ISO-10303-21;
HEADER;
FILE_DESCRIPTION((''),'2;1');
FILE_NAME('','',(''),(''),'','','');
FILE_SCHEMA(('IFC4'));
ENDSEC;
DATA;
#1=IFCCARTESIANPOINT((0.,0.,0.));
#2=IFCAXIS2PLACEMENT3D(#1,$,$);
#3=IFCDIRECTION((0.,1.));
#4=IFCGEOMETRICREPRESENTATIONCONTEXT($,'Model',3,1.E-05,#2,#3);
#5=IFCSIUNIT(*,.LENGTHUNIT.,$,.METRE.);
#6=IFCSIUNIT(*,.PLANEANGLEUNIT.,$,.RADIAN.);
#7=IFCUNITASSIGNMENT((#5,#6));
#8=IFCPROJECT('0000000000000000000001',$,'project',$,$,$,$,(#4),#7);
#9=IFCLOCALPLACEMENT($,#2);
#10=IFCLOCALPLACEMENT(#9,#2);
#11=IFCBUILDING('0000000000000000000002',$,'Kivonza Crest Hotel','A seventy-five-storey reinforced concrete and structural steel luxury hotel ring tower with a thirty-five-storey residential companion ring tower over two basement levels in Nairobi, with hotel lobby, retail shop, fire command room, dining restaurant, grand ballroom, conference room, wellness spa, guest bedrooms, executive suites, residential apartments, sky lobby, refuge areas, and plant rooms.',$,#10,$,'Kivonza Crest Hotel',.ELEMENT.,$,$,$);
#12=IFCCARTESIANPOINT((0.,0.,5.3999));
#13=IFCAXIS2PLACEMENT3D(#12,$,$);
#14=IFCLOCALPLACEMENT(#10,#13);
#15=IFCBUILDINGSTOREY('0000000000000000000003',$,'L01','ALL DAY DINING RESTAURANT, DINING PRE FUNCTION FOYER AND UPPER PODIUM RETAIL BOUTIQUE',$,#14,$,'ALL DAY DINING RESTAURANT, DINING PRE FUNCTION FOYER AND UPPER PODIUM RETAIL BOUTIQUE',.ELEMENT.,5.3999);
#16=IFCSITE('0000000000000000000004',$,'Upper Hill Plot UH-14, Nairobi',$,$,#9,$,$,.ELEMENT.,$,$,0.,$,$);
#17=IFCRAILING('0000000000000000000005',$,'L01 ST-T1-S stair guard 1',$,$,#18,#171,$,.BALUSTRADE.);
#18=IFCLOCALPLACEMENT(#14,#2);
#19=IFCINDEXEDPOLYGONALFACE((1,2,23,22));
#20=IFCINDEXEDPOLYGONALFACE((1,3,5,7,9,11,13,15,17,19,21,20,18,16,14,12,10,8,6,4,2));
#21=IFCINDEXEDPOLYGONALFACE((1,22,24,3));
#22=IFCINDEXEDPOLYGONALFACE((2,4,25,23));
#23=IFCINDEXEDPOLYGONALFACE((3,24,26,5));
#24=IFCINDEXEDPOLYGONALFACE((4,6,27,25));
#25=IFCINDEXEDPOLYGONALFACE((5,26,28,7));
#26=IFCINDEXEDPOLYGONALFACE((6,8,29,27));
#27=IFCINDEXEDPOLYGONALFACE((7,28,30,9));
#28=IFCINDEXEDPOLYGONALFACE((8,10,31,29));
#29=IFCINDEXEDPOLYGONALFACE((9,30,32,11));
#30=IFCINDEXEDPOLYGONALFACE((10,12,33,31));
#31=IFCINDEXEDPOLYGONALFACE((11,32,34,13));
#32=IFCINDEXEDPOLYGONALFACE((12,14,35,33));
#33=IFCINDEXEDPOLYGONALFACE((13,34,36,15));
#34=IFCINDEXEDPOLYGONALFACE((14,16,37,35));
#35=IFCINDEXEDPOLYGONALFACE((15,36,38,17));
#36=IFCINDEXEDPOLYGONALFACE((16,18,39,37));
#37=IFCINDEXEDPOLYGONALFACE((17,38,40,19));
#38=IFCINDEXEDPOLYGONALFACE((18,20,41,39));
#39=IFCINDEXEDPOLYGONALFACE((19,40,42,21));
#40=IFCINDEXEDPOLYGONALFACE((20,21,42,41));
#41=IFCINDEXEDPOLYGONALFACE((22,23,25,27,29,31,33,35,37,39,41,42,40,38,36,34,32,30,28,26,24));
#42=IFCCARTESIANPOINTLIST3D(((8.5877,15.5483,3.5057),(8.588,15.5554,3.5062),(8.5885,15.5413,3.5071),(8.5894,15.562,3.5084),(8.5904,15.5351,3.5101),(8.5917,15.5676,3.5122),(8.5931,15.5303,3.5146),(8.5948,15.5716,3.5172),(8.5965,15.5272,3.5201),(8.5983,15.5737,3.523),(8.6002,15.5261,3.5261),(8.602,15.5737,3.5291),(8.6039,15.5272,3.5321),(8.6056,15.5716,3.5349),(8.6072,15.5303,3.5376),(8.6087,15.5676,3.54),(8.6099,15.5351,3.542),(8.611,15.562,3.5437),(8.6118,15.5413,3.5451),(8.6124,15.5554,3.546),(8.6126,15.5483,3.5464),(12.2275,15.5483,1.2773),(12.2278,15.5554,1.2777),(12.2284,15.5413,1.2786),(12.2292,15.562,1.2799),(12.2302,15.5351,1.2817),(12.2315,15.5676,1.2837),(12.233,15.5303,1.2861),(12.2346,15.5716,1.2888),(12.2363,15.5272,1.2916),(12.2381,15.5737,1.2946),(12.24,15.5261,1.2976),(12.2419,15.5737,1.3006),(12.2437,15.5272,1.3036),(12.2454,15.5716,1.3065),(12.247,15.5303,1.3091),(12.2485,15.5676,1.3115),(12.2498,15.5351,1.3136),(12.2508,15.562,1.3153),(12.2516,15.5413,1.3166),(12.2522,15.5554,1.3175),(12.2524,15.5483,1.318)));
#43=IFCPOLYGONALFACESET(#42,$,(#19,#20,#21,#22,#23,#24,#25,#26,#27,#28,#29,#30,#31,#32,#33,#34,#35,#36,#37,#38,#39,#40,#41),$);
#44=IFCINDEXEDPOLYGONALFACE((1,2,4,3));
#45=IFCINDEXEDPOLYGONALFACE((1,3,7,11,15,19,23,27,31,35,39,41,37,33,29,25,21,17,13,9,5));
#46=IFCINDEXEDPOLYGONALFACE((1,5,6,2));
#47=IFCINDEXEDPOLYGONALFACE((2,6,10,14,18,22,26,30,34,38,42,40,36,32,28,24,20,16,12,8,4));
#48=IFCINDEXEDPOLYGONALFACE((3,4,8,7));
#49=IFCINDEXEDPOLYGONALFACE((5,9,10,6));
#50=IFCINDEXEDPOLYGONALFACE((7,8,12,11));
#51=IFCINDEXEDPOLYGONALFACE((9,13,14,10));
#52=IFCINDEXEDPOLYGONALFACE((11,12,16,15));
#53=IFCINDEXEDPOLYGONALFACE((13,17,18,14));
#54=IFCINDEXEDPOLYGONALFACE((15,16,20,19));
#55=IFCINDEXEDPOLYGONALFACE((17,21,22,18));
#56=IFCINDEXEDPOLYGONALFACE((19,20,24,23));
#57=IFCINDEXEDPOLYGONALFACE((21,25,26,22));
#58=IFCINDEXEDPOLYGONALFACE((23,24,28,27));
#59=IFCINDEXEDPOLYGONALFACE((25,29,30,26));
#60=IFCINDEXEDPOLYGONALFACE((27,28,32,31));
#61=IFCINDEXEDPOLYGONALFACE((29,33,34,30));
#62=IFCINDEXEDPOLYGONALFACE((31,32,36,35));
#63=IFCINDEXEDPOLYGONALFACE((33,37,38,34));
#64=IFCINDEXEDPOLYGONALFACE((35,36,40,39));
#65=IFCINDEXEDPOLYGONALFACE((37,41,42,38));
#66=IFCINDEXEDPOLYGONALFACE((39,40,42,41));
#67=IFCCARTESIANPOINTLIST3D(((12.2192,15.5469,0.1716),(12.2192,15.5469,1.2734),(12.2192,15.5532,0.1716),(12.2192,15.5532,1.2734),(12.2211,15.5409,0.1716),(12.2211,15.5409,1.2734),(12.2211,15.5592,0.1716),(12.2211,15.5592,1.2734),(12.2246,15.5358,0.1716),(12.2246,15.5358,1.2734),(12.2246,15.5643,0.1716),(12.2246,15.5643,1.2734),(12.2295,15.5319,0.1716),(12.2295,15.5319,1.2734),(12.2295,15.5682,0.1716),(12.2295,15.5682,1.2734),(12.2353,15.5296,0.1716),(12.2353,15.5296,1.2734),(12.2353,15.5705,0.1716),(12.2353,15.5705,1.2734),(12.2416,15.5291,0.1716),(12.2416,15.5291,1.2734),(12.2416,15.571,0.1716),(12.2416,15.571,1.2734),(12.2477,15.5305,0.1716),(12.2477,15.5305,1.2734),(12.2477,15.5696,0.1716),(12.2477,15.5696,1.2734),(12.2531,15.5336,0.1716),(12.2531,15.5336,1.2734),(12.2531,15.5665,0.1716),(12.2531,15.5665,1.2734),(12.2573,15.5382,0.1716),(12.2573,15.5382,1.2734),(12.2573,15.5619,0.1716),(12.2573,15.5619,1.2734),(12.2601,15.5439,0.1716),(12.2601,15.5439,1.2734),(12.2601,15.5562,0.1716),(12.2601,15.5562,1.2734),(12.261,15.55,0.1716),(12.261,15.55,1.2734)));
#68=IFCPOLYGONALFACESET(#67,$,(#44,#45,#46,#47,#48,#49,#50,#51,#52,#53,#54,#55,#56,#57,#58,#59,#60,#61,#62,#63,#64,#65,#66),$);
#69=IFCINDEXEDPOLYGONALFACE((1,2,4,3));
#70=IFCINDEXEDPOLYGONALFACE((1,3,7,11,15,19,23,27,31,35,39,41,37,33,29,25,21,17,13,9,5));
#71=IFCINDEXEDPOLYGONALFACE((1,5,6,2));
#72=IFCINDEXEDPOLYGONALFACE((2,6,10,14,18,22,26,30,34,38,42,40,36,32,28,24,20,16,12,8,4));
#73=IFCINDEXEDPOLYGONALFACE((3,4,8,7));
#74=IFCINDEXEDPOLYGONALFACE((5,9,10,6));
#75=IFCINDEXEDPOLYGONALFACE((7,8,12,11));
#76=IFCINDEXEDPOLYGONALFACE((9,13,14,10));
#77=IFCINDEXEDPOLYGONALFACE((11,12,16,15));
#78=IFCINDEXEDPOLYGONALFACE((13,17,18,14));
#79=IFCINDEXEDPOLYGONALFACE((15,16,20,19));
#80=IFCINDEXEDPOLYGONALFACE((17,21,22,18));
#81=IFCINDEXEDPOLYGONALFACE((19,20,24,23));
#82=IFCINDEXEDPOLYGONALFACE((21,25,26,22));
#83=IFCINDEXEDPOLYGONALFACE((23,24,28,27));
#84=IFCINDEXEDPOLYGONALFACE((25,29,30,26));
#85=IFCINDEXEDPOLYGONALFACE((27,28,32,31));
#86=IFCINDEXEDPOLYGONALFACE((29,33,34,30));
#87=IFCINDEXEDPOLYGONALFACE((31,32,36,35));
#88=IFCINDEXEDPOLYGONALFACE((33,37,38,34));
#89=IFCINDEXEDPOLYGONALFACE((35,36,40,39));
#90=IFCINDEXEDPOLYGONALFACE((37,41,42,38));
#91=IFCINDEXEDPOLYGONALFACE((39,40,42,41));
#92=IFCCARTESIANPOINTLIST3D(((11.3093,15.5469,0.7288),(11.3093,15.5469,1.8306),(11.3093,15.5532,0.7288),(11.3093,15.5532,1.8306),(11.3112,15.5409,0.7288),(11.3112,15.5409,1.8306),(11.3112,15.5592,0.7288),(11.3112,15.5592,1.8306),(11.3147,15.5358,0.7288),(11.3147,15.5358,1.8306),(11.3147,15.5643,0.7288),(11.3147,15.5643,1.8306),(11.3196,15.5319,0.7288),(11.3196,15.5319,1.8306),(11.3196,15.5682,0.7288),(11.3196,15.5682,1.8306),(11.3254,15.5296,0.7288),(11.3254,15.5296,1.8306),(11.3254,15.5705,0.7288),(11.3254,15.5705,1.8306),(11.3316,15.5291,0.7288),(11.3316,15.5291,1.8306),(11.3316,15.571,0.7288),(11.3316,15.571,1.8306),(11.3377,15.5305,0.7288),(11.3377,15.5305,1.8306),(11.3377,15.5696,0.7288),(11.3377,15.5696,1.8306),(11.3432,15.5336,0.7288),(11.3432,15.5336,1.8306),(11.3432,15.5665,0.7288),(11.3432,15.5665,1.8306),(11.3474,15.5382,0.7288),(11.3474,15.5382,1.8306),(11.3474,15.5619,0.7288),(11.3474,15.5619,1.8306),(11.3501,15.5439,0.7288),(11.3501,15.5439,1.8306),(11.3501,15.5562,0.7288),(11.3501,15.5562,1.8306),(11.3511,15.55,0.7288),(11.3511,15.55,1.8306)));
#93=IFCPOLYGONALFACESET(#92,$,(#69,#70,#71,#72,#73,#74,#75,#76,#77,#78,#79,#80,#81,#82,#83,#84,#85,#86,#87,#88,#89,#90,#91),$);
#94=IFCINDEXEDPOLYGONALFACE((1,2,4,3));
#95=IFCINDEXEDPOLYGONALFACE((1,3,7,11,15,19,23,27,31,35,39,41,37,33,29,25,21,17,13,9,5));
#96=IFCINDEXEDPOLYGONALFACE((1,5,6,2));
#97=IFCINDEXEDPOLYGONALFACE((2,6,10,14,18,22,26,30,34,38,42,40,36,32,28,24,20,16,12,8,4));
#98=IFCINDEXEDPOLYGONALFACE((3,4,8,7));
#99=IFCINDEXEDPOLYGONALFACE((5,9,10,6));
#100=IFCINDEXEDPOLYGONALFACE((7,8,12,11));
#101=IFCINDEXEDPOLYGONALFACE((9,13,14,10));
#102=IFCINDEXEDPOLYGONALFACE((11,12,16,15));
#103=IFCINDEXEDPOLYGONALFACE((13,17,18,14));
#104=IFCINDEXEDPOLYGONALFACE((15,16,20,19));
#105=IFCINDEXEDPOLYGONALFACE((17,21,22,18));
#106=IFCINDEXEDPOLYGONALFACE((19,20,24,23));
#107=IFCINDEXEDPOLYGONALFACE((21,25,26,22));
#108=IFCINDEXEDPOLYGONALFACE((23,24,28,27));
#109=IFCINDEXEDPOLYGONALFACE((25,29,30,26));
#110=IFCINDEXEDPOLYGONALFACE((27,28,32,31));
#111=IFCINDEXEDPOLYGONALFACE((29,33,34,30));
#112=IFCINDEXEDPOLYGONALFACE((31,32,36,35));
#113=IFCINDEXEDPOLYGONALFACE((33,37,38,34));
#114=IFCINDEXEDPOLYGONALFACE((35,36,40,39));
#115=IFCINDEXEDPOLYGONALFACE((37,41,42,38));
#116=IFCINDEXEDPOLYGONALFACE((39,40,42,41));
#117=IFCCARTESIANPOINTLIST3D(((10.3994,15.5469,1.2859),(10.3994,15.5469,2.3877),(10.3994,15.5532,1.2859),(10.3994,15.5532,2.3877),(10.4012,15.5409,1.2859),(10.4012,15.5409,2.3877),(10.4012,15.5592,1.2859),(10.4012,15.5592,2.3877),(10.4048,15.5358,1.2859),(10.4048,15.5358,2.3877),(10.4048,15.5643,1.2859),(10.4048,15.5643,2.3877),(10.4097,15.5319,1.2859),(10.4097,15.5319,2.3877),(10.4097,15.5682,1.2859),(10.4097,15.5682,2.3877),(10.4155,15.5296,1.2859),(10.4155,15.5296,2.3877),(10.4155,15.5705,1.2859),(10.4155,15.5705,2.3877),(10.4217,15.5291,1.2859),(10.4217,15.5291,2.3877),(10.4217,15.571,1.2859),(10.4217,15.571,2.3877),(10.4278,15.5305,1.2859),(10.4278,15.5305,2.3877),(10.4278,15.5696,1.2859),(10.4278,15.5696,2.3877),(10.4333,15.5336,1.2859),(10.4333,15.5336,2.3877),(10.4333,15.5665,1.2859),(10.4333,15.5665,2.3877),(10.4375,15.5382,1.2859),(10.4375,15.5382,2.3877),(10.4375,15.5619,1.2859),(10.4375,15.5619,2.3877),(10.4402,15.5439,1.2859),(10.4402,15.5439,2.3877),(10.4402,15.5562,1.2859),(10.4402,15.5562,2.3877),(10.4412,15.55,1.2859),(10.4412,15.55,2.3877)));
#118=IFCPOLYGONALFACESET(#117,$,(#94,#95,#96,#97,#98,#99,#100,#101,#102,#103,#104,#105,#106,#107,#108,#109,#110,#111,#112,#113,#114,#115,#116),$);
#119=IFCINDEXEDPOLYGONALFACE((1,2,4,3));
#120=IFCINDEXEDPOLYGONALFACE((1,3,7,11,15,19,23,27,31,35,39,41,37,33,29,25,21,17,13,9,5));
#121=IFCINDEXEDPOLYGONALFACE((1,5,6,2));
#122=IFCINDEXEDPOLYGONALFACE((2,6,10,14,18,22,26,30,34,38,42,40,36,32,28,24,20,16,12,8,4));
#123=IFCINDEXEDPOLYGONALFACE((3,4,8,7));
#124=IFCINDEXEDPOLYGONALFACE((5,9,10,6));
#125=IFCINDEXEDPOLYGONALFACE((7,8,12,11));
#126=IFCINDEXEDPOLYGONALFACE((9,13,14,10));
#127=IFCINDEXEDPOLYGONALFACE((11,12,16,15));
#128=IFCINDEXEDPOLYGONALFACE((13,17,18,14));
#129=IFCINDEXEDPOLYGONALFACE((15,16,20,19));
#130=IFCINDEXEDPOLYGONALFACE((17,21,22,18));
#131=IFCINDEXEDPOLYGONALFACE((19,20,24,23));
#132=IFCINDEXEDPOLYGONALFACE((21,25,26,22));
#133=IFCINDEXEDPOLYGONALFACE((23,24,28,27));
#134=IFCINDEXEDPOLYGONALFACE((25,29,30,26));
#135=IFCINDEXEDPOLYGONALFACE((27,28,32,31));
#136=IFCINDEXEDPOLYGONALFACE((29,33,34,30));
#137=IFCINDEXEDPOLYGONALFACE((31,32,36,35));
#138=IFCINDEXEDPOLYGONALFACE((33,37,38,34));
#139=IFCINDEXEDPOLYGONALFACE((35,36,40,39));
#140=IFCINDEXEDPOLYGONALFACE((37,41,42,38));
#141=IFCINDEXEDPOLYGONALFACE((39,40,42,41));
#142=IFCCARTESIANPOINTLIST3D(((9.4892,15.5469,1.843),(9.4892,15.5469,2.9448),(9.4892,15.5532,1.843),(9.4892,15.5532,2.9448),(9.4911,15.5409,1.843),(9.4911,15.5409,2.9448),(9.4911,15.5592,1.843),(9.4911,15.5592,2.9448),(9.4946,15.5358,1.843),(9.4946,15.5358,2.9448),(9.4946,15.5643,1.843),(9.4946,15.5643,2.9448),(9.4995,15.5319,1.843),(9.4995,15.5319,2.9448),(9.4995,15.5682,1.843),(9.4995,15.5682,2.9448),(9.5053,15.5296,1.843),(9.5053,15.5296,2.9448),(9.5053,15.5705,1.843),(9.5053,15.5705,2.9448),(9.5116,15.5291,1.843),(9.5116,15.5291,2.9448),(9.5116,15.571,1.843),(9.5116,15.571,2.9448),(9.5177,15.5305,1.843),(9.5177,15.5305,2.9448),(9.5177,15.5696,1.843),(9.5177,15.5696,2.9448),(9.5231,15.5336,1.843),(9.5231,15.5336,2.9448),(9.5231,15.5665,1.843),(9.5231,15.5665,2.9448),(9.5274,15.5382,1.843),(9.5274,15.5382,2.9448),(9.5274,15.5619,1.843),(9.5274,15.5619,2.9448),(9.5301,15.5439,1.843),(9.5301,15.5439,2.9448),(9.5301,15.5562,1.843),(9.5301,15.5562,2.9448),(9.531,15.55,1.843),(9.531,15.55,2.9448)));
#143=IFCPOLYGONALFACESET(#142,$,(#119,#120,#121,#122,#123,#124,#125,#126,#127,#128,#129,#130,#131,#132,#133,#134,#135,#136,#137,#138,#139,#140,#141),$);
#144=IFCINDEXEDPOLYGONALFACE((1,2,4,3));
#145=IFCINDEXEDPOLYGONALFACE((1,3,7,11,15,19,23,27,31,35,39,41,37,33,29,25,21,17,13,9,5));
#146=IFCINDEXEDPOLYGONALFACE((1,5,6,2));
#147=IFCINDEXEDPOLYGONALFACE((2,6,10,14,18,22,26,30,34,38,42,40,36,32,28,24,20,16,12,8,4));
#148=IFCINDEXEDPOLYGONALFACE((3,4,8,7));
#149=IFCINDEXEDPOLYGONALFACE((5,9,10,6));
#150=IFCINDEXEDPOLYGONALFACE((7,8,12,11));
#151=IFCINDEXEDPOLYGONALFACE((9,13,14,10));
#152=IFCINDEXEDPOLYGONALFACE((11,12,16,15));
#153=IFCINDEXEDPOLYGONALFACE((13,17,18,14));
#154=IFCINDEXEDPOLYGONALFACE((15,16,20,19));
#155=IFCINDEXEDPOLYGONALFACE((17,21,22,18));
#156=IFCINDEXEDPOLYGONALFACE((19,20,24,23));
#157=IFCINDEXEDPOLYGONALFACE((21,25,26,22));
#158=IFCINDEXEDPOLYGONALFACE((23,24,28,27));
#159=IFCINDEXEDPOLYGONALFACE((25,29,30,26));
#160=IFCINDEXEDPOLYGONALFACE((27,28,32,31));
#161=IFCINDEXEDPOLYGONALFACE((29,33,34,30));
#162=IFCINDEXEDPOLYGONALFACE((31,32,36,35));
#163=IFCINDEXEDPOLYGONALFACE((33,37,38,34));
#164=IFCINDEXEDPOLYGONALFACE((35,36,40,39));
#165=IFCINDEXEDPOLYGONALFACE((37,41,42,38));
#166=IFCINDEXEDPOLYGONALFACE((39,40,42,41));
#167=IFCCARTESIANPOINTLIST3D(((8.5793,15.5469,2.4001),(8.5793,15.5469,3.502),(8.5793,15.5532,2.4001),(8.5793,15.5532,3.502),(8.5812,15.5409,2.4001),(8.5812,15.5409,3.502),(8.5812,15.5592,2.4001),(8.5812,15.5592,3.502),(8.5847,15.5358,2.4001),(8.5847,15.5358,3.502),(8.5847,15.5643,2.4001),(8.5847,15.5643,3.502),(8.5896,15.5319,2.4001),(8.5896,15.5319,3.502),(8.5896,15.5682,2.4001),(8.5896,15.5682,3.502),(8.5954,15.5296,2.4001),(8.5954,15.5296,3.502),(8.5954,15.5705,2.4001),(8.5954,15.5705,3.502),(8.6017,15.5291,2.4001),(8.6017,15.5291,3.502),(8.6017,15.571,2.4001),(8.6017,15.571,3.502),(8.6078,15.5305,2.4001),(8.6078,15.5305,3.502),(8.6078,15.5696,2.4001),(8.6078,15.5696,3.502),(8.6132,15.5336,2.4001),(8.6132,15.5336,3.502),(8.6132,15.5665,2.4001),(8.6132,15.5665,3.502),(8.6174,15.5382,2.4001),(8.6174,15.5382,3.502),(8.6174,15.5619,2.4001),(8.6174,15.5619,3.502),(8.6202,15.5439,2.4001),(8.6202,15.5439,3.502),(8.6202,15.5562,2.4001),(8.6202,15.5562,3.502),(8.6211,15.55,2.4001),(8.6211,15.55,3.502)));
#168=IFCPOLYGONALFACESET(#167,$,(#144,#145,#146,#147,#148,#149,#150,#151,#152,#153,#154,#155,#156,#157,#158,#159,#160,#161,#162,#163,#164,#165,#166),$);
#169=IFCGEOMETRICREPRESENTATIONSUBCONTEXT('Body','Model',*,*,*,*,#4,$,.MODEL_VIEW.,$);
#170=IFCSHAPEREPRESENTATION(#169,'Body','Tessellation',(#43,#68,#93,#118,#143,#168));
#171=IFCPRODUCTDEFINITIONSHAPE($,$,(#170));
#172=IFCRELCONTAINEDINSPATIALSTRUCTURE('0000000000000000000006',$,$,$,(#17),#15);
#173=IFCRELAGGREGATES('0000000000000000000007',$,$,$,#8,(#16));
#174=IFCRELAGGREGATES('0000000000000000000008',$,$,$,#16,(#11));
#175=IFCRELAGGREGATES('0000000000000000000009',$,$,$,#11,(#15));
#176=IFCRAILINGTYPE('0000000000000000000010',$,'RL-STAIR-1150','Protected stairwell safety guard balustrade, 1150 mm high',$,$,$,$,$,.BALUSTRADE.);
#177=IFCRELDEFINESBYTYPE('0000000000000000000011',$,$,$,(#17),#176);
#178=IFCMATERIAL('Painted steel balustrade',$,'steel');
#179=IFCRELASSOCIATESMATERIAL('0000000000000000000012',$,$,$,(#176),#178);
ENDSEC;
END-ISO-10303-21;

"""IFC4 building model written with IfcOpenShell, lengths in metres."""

from ifc_helpers import new_model, si_unit, direction, frame, origin, origin_2d, place, context, subcontext, project, spatial, circle, extrude, material, type_object, element, save


model = new_model("IFC4")

# Units and contexts
model_context = context("Model", 3, precision=1e-05, world=origin(), true_north=direction((0.0, 1.0)))
body_context = subcontext(model_context, "Body", "Model", "MODEL_VIEW")
ifc_project = project(units=[si_unit("LENGTHUNIT", "METRE"), si_unit("PLANEANGLEUNIT", "RADIAN")], contexts=[model_context])

# Site, building, storey
site_placement = place(None, origin())
site = spatial("IfcSite", under=ifc_project, at=site_placement, Name="Upper Hill Plot UH-14, Nairobi", CompositionType="ELEMENT", RefElevation=0.0)
building_placement = place(site_placement, origin())
building = spatial("IfcBuilding", under=site, at=building_placement, Name="Kivonza Crest Hotel", Description="A seventy-five-storey reinforced concrete and structural steel luxury hotel ring tower with a thirty-five-storey residential companion ring tower over two basement levels in Nairobi, with hotel lobby, retail shop, fire command room, dining restaurant, grand ballroom, conference room, wellness spa, guest bedrooms, executive suites, residential apartments, sky lobby, refuge areas, and plant rooms.", LongName="Kivonza Crest Hotel", CompositionType="ELEMENT")
storey_placement = place(building_placement, frame((0.0, 0.0, 5.3999)))
storey = spatial("IfcBuildingStorey", under=building, at=storey_placement, Name="L01", Description="ALL DAY DINING RESTAURANT, DINING PRE FUNCTION FOYER AND UPPER PODIUM RETAIL BOUTIQUE", LongName="ALL DAY DINING RESTAURANT, DINING PRE FUNCTION FOYER AND UPPER PODIUM RETAIL BOUTIQUE", CompositionType="ELEMENT", Elevation=5.3999)

# Railing
ifc_material_1 = material(Name="Painted steel balustrade", Category="steel")
railing_type_1 = type_object("IfcRailingType", Name="RL-STAIR-1150", Description="Protected stairwell safety guard balustrade, 1150 mm high", PredefinedType="BALUSTRADE", material=ifc_material_1)
railing_1_placement = place(storey_placement, frame((12.24, 15.55, 0.1716)))
element("IfcRailing", 1, at=railing_1_placement, inside=storey, type_object=railing_type_1, Name="L01 ST-T1-S stair guard 1", PredefinedType="BALUSTRADE", context=body_context, shape_type="SweptSolid", body=[
    extrude(circle(Radius=0.0239, at=origin_2d()), frame((0.0, 0.0, 1.126), z_axis=(-0.85285, 0.0, 0.522156), x_axis=(0.0, -1.0, 0.0)), (0.0, 0.0, 1.0), 4.2678),
    extrude(circle(Radius=0.021, at=origin_2d()), origin(), (0.0, 0.0, 1.0), 1.1018),
    extrude(circle(Radius=0.021, at=origin_2d()), frame((-0.9099, 0.0, 0.5571)), (0.0, 0.0, 1.0), 1.1018),
    extrude(circle(Radius=0.021, at=origin_2d()), frame((-1.8198, 0.0, 1.1143)), (0.0, 0.0, 1.0), 1.1018),
    extrude(circle(Radius=0.021, at=origin_2d()), frame((-2.73, 0.0, 1.6714)), (0.0, 0.0, 1.0), 1.1018),
    extrude(circle(Radius=0.021, at=origin_2d()), frame((-3.6399, 0.0, 2.2285)), (0.0, 0.0, 1.0), 1.1018),
])

save(model, "model.ifc")
